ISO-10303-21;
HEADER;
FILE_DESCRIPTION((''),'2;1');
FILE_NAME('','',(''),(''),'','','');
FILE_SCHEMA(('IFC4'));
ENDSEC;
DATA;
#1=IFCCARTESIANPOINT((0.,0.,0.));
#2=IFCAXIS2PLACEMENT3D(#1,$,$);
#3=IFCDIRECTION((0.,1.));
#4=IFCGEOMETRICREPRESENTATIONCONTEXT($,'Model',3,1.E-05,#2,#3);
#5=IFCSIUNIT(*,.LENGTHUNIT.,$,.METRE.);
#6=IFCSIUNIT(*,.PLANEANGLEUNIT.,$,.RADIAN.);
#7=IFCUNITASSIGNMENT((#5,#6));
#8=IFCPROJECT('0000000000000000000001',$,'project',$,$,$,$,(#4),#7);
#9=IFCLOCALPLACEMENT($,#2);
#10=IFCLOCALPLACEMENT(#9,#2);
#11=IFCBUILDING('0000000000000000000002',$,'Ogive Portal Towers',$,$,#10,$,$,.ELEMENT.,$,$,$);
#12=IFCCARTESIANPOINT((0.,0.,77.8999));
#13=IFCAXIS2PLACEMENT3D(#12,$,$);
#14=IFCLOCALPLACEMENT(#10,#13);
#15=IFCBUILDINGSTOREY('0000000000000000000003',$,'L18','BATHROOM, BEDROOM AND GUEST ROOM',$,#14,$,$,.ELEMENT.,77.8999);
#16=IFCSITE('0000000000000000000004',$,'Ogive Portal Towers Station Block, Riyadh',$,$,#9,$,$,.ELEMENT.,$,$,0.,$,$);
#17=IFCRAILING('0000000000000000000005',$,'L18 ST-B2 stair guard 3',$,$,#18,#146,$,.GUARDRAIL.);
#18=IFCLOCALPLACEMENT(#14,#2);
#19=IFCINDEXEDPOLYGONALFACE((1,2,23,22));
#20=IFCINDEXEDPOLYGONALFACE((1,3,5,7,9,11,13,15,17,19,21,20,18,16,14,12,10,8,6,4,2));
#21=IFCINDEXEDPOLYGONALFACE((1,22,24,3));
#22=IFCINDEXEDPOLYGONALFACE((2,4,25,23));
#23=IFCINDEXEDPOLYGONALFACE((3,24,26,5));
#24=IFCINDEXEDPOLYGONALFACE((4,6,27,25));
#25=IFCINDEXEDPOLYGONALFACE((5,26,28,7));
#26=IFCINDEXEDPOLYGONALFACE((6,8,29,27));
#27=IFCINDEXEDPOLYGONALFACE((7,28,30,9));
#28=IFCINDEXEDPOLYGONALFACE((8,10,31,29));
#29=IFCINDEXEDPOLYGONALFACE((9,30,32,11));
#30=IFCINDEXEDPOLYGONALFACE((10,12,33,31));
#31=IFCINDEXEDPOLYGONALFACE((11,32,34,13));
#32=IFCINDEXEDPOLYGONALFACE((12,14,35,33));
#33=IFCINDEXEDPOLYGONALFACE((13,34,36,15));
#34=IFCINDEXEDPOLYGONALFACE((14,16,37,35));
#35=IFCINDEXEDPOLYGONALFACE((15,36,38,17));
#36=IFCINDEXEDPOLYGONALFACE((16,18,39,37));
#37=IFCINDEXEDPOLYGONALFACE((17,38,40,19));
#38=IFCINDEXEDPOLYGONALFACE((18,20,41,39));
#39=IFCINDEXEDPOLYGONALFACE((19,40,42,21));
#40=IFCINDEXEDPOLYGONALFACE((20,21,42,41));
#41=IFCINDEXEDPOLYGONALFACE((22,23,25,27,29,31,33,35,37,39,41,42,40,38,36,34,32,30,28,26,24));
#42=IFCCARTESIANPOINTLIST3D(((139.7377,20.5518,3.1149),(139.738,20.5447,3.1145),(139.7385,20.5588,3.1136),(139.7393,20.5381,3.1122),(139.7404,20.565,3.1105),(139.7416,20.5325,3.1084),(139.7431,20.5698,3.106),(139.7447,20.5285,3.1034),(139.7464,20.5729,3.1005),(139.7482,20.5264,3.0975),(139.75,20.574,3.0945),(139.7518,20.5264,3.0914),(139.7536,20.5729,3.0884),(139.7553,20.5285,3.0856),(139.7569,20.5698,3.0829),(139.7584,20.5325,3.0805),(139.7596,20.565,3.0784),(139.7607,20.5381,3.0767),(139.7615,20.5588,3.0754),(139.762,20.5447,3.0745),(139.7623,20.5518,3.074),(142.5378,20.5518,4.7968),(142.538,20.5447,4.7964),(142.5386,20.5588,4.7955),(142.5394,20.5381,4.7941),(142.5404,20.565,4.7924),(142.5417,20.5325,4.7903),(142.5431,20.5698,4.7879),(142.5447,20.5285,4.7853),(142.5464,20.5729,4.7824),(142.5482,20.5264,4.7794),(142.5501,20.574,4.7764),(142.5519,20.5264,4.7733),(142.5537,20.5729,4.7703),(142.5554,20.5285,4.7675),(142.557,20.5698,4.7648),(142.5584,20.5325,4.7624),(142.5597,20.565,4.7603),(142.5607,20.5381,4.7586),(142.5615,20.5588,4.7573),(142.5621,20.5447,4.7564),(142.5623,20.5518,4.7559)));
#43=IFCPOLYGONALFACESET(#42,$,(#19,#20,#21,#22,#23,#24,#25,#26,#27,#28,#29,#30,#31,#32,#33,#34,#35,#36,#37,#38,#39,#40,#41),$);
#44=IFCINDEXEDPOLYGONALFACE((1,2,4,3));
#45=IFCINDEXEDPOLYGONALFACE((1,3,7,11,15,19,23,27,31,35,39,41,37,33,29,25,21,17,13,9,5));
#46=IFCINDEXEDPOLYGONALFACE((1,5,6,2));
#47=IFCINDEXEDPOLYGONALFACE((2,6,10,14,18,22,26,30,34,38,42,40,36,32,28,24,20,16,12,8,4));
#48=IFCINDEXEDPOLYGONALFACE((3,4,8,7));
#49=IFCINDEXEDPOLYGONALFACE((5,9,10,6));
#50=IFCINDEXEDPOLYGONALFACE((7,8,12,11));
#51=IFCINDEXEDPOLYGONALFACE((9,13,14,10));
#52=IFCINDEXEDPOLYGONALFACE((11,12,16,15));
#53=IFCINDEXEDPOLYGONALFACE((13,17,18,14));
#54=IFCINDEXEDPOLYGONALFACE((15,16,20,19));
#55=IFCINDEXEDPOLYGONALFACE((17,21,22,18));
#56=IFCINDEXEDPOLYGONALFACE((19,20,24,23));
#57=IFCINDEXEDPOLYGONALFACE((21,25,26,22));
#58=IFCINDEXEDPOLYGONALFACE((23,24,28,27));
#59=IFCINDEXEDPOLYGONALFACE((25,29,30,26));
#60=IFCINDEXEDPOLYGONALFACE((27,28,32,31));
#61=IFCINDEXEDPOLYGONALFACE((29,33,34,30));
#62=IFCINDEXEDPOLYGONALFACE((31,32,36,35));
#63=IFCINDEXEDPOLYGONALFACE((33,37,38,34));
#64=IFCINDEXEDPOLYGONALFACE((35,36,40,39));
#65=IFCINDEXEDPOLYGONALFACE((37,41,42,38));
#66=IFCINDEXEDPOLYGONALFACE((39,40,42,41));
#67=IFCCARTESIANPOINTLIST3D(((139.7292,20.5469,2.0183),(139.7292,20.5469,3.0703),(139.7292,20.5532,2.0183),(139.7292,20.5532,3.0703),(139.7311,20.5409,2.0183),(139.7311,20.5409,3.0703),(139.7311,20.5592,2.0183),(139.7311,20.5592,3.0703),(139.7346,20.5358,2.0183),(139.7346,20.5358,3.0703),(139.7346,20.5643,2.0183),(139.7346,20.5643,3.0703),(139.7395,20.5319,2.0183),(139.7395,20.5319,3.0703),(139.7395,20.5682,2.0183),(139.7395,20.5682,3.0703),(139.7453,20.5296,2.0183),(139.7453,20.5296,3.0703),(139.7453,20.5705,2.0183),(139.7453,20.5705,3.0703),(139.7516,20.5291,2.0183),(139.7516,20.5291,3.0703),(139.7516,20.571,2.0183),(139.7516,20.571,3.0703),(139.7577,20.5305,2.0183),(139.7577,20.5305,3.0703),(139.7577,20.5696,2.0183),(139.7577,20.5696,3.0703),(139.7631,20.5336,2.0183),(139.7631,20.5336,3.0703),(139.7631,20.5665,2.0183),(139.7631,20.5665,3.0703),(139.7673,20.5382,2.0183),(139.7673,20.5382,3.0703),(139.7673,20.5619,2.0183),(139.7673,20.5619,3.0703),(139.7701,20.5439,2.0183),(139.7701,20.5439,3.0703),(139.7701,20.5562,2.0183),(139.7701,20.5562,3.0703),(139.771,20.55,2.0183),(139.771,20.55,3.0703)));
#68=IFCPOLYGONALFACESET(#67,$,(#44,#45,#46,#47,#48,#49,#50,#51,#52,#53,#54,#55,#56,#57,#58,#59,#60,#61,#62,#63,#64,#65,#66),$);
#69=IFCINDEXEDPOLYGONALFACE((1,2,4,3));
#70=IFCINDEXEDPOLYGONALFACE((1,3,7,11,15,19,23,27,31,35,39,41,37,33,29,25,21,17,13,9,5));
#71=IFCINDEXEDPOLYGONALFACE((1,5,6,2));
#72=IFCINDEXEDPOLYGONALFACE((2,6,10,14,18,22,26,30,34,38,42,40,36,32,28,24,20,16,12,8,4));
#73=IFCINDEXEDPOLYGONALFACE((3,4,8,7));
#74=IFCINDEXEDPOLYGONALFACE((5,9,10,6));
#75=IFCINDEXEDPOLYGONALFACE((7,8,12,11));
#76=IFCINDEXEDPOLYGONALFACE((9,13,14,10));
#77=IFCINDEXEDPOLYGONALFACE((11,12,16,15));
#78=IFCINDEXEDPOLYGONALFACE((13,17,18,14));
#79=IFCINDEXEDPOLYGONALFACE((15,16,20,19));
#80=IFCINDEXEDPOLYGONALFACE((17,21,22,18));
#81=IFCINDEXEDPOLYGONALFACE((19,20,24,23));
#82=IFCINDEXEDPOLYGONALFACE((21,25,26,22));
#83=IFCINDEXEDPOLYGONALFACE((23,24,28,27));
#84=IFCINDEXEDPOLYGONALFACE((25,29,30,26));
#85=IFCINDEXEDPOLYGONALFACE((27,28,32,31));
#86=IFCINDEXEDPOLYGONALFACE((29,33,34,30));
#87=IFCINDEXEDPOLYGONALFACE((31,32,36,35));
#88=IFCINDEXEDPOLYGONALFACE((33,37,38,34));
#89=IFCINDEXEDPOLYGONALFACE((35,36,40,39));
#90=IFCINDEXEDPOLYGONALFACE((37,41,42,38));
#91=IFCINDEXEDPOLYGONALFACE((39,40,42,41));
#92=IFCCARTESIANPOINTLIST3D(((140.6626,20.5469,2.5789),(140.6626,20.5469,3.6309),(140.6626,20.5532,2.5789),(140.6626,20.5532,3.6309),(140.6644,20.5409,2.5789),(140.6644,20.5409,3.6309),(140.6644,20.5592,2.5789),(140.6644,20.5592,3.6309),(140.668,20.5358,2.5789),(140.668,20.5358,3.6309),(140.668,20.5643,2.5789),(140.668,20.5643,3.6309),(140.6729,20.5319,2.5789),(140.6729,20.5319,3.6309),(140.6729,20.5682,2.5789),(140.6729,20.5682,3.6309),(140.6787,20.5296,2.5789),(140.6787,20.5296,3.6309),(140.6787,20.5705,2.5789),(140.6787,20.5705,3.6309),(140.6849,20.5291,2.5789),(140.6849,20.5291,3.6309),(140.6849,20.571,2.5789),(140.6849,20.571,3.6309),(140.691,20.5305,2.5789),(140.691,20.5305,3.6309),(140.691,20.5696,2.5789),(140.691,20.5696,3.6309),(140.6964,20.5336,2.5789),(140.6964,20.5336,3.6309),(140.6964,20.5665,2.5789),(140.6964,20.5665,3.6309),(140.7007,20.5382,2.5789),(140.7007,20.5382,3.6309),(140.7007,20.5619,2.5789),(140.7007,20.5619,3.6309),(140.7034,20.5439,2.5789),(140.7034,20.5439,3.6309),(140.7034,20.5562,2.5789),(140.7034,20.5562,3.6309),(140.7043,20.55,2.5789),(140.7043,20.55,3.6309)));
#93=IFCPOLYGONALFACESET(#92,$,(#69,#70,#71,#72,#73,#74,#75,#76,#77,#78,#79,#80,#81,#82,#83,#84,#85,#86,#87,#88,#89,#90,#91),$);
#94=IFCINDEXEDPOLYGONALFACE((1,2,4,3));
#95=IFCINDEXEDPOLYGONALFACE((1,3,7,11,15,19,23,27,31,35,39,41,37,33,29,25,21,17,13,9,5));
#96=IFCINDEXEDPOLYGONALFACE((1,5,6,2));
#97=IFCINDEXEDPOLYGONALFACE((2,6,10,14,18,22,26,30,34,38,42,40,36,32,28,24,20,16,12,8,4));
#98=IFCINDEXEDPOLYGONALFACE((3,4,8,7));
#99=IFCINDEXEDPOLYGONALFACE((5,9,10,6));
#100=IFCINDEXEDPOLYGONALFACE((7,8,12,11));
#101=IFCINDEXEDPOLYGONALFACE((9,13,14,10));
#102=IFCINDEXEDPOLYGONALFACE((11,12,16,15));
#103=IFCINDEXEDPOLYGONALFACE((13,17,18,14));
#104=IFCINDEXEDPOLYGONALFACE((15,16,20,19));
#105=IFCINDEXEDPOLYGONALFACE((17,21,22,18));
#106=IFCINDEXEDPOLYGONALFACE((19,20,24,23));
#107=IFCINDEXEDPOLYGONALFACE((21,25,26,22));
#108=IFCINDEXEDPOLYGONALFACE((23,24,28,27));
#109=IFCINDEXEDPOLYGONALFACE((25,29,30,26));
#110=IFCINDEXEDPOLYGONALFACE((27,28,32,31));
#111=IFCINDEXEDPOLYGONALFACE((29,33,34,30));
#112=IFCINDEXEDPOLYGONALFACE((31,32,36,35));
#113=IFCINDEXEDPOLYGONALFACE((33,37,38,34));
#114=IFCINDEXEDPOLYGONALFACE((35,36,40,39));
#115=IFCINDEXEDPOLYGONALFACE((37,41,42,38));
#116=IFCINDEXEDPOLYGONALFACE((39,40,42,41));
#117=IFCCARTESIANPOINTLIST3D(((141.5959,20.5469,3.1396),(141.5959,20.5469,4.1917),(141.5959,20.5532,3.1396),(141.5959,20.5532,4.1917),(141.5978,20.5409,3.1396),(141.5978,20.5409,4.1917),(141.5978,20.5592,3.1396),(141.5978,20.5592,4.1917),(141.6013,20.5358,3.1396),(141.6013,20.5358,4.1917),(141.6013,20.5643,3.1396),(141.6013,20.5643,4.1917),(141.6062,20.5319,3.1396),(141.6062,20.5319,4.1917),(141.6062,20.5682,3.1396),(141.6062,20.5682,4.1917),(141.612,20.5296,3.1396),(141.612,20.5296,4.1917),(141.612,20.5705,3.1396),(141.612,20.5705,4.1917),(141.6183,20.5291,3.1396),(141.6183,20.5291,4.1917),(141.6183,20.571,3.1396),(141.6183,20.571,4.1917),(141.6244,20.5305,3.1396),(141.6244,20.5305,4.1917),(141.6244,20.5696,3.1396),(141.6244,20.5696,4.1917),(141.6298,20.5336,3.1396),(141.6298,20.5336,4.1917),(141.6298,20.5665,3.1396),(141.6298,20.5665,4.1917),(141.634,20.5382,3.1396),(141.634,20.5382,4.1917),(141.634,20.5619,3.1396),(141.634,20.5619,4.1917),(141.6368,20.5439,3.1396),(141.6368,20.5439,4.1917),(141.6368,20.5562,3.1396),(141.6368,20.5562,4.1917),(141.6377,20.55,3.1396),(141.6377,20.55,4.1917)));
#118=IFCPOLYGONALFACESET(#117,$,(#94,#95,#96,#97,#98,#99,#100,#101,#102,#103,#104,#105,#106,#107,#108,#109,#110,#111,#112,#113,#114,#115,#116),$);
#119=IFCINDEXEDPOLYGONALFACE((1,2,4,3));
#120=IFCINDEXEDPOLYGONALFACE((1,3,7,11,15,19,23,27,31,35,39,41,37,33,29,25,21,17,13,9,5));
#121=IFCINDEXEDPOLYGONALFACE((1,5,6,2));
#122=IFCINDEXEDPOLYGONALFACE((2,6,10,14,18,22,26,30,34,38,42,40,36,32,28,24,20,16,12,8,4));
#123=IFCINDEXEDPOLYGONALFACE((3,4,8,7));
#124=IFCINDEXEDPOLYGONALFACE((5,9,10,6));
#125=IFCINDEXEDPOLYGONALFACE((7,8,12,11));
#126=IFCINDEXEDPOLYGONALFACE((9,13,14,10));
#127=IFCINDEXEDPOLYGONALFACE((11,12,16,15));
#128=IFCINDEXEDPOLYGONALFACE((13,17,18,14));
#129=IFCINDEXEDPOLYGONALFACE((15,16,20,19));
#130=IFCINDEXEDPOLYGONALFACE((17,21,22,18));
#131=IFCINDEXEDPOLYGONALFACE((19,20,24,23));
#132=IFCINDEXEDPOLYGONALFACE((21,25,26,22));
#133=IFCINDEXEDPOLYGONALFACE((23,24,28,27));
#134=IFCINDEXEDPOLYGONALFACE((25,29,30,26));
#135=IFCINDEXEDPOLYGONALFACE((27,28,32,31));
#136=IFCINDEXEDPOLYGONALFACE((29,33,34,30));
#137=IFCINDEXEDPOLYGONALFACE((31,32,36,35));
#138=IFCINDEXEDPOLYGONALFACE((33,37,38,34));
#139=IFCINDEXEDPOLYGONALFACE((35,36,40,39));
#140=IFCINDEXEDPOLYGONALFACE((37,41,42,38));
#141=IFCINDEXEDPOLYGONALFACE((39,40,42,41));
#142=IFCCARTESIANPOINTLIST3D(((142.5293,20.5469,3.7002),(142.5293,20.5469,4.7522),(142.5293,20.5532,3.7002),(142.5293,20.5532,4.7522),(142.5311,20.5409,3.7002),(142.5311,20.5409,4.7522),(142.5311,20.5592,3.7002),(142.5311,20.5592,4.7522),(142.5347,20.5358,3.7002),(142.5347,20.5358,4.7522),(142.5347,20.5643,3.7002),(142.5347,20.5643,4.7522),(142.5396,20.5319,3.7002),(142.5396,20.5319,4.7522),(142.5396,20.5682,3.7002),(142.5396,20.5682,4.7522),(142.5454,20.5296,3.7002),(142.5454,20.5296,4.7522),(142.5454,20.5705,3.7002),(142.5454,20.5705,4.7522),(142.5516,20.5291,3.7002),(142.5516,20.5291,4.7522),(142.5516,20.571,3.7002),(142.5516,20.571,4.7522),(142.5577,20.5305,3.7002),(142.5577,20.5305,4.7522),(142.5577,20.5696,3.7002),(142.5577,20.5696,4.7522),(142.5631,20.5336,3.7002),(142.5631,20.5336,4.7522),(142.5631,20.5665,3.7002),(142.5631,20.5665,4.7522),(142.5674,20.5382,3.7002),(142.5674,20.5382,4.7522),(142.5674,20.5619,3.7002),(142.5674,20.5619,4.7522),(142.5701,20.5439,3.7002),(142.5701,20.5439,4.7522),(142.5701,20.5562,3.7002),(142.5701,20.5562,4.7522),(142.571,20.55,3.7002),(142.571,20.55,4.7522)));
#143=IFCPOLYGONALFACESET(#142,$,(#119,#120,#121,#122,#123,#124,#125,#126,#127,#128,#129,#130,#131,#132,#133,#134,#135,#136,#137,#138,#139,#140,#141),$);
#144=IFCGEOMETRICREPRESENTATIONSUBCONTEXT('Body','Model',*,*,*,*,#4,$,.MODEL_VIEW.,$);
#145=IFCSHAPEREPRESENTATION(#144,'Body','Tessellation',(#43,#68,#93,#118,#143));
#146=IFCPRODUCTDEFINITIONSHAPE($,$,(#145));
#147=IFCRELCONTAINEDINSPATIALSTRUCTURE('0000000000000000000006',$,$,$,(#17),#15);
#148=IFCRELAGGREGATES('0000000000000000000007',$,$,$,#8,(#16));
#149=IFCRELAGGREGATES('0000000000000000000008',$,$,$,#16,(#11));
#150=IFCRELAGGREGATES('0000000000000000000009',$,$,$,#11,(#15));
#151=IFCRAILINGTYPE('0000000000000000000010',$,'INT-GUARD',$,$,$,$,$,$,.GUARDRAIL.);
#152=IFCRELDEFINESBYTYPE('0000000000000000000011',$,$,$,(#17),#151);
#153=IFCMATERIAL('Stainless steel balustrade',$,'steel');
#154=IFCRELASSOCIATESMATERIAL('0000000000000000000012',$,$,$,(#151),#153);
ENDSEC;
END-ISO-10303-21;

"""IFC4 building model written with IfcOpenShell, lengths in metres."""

from ifc_helpers import new_model, si_unit, direction, frame, origin, origin_2d, place, context, subcontext, project, spatial, circle, extrude, material, type_object, element, save


model = new_model("IFC4")

# Units and contexts
model_context = context("Model", 3, precision=1e-05, world=origin(), true_north=direction((0.0, 1.0)))
body_context = subcontext(model_context, "Body", "Model", "MODEL_VIEW")
ifc_project = project(units=[si_unit("LENGTHUNIT", "METRE"), si_unit("PLANEANGLEUNIT", "RADIAN")], contexts=[model_context])

# Site, building, storey
site_placement = place(None, origin())
site = spatial("IfcSite", under=ifc_project, at=site_placement, Name="Ogive Portal Towers Station Block, Riyadh", CompositionType="ELEMENT", RefElevation=0.0)
building_placement = place(site_placement, origin())
building = spatial("IfcBuilding", under=site, at=building_placement, Name="Ogive Portal Towers", CompositionType="ELEMENT")
storey_placement = place(building_placement, frame((0.0, 0.0, 77.8999)))
storey = spatial("IfcBuildingStorey", under=building, at=storey_placement, Name="L18", Description="BATHROOM, BEDROOM AND GUEST ROOM", CompositionType="ELEMENT", Elevation=77.8999)

# Railing
ifc_material_1 = material(Name="Stainless steel balustrade", Category="steel")
railing_type_1 = type_object("IfcRailingType", Name="INT-GUARD", PredefinedType="GUARDRAIL", material=ifc_material_1)
railing_1_placement = place(storey_placement, frame((139.75, 20.55, 2.0183)))
element("IfcRailing", 1, at=railing_1_placement, inside=storey, type_object=railing_type_1, Name="L18 ST-B2 stair guard 3", PredefinedType="GUARDRAIL", context=body_context, shape_type="SweptSolid", body=[
    extrude(circle(Radius=0.0239, at=origin_2d()), frame((0.0, 0.0, 1.0762), z_axis=(0.857242, 0.0, 0.514913), x_axis=(0.0, 1.0, 0.0)), (0.0, 0.0, 1.0), 3.2664),
    extrude(circle(Radius=0.021, at=origin_2d()), origin(), (0.0, 0.0, 1.0), 1.052),
    extrude(circle(Radius=0.021, at=origin_2d()), frame((0.9333, 0.0, 0.5605)), (0.0, 0.0, 1.0), 1.052),
    extrude(circle(Radius=0.021, at=origin_2d()), frame((1.8667, 0.0, 1.1213)), (0.0, 0.0, 1.0), 1.052),
    extrude(circle(Radius=0.021, at=origin_2d()), frame((2.8, 0.0, 1.6819)), (0.0, 0.0, 1.0), 1.052),
])

save(model, "model.ifc")
